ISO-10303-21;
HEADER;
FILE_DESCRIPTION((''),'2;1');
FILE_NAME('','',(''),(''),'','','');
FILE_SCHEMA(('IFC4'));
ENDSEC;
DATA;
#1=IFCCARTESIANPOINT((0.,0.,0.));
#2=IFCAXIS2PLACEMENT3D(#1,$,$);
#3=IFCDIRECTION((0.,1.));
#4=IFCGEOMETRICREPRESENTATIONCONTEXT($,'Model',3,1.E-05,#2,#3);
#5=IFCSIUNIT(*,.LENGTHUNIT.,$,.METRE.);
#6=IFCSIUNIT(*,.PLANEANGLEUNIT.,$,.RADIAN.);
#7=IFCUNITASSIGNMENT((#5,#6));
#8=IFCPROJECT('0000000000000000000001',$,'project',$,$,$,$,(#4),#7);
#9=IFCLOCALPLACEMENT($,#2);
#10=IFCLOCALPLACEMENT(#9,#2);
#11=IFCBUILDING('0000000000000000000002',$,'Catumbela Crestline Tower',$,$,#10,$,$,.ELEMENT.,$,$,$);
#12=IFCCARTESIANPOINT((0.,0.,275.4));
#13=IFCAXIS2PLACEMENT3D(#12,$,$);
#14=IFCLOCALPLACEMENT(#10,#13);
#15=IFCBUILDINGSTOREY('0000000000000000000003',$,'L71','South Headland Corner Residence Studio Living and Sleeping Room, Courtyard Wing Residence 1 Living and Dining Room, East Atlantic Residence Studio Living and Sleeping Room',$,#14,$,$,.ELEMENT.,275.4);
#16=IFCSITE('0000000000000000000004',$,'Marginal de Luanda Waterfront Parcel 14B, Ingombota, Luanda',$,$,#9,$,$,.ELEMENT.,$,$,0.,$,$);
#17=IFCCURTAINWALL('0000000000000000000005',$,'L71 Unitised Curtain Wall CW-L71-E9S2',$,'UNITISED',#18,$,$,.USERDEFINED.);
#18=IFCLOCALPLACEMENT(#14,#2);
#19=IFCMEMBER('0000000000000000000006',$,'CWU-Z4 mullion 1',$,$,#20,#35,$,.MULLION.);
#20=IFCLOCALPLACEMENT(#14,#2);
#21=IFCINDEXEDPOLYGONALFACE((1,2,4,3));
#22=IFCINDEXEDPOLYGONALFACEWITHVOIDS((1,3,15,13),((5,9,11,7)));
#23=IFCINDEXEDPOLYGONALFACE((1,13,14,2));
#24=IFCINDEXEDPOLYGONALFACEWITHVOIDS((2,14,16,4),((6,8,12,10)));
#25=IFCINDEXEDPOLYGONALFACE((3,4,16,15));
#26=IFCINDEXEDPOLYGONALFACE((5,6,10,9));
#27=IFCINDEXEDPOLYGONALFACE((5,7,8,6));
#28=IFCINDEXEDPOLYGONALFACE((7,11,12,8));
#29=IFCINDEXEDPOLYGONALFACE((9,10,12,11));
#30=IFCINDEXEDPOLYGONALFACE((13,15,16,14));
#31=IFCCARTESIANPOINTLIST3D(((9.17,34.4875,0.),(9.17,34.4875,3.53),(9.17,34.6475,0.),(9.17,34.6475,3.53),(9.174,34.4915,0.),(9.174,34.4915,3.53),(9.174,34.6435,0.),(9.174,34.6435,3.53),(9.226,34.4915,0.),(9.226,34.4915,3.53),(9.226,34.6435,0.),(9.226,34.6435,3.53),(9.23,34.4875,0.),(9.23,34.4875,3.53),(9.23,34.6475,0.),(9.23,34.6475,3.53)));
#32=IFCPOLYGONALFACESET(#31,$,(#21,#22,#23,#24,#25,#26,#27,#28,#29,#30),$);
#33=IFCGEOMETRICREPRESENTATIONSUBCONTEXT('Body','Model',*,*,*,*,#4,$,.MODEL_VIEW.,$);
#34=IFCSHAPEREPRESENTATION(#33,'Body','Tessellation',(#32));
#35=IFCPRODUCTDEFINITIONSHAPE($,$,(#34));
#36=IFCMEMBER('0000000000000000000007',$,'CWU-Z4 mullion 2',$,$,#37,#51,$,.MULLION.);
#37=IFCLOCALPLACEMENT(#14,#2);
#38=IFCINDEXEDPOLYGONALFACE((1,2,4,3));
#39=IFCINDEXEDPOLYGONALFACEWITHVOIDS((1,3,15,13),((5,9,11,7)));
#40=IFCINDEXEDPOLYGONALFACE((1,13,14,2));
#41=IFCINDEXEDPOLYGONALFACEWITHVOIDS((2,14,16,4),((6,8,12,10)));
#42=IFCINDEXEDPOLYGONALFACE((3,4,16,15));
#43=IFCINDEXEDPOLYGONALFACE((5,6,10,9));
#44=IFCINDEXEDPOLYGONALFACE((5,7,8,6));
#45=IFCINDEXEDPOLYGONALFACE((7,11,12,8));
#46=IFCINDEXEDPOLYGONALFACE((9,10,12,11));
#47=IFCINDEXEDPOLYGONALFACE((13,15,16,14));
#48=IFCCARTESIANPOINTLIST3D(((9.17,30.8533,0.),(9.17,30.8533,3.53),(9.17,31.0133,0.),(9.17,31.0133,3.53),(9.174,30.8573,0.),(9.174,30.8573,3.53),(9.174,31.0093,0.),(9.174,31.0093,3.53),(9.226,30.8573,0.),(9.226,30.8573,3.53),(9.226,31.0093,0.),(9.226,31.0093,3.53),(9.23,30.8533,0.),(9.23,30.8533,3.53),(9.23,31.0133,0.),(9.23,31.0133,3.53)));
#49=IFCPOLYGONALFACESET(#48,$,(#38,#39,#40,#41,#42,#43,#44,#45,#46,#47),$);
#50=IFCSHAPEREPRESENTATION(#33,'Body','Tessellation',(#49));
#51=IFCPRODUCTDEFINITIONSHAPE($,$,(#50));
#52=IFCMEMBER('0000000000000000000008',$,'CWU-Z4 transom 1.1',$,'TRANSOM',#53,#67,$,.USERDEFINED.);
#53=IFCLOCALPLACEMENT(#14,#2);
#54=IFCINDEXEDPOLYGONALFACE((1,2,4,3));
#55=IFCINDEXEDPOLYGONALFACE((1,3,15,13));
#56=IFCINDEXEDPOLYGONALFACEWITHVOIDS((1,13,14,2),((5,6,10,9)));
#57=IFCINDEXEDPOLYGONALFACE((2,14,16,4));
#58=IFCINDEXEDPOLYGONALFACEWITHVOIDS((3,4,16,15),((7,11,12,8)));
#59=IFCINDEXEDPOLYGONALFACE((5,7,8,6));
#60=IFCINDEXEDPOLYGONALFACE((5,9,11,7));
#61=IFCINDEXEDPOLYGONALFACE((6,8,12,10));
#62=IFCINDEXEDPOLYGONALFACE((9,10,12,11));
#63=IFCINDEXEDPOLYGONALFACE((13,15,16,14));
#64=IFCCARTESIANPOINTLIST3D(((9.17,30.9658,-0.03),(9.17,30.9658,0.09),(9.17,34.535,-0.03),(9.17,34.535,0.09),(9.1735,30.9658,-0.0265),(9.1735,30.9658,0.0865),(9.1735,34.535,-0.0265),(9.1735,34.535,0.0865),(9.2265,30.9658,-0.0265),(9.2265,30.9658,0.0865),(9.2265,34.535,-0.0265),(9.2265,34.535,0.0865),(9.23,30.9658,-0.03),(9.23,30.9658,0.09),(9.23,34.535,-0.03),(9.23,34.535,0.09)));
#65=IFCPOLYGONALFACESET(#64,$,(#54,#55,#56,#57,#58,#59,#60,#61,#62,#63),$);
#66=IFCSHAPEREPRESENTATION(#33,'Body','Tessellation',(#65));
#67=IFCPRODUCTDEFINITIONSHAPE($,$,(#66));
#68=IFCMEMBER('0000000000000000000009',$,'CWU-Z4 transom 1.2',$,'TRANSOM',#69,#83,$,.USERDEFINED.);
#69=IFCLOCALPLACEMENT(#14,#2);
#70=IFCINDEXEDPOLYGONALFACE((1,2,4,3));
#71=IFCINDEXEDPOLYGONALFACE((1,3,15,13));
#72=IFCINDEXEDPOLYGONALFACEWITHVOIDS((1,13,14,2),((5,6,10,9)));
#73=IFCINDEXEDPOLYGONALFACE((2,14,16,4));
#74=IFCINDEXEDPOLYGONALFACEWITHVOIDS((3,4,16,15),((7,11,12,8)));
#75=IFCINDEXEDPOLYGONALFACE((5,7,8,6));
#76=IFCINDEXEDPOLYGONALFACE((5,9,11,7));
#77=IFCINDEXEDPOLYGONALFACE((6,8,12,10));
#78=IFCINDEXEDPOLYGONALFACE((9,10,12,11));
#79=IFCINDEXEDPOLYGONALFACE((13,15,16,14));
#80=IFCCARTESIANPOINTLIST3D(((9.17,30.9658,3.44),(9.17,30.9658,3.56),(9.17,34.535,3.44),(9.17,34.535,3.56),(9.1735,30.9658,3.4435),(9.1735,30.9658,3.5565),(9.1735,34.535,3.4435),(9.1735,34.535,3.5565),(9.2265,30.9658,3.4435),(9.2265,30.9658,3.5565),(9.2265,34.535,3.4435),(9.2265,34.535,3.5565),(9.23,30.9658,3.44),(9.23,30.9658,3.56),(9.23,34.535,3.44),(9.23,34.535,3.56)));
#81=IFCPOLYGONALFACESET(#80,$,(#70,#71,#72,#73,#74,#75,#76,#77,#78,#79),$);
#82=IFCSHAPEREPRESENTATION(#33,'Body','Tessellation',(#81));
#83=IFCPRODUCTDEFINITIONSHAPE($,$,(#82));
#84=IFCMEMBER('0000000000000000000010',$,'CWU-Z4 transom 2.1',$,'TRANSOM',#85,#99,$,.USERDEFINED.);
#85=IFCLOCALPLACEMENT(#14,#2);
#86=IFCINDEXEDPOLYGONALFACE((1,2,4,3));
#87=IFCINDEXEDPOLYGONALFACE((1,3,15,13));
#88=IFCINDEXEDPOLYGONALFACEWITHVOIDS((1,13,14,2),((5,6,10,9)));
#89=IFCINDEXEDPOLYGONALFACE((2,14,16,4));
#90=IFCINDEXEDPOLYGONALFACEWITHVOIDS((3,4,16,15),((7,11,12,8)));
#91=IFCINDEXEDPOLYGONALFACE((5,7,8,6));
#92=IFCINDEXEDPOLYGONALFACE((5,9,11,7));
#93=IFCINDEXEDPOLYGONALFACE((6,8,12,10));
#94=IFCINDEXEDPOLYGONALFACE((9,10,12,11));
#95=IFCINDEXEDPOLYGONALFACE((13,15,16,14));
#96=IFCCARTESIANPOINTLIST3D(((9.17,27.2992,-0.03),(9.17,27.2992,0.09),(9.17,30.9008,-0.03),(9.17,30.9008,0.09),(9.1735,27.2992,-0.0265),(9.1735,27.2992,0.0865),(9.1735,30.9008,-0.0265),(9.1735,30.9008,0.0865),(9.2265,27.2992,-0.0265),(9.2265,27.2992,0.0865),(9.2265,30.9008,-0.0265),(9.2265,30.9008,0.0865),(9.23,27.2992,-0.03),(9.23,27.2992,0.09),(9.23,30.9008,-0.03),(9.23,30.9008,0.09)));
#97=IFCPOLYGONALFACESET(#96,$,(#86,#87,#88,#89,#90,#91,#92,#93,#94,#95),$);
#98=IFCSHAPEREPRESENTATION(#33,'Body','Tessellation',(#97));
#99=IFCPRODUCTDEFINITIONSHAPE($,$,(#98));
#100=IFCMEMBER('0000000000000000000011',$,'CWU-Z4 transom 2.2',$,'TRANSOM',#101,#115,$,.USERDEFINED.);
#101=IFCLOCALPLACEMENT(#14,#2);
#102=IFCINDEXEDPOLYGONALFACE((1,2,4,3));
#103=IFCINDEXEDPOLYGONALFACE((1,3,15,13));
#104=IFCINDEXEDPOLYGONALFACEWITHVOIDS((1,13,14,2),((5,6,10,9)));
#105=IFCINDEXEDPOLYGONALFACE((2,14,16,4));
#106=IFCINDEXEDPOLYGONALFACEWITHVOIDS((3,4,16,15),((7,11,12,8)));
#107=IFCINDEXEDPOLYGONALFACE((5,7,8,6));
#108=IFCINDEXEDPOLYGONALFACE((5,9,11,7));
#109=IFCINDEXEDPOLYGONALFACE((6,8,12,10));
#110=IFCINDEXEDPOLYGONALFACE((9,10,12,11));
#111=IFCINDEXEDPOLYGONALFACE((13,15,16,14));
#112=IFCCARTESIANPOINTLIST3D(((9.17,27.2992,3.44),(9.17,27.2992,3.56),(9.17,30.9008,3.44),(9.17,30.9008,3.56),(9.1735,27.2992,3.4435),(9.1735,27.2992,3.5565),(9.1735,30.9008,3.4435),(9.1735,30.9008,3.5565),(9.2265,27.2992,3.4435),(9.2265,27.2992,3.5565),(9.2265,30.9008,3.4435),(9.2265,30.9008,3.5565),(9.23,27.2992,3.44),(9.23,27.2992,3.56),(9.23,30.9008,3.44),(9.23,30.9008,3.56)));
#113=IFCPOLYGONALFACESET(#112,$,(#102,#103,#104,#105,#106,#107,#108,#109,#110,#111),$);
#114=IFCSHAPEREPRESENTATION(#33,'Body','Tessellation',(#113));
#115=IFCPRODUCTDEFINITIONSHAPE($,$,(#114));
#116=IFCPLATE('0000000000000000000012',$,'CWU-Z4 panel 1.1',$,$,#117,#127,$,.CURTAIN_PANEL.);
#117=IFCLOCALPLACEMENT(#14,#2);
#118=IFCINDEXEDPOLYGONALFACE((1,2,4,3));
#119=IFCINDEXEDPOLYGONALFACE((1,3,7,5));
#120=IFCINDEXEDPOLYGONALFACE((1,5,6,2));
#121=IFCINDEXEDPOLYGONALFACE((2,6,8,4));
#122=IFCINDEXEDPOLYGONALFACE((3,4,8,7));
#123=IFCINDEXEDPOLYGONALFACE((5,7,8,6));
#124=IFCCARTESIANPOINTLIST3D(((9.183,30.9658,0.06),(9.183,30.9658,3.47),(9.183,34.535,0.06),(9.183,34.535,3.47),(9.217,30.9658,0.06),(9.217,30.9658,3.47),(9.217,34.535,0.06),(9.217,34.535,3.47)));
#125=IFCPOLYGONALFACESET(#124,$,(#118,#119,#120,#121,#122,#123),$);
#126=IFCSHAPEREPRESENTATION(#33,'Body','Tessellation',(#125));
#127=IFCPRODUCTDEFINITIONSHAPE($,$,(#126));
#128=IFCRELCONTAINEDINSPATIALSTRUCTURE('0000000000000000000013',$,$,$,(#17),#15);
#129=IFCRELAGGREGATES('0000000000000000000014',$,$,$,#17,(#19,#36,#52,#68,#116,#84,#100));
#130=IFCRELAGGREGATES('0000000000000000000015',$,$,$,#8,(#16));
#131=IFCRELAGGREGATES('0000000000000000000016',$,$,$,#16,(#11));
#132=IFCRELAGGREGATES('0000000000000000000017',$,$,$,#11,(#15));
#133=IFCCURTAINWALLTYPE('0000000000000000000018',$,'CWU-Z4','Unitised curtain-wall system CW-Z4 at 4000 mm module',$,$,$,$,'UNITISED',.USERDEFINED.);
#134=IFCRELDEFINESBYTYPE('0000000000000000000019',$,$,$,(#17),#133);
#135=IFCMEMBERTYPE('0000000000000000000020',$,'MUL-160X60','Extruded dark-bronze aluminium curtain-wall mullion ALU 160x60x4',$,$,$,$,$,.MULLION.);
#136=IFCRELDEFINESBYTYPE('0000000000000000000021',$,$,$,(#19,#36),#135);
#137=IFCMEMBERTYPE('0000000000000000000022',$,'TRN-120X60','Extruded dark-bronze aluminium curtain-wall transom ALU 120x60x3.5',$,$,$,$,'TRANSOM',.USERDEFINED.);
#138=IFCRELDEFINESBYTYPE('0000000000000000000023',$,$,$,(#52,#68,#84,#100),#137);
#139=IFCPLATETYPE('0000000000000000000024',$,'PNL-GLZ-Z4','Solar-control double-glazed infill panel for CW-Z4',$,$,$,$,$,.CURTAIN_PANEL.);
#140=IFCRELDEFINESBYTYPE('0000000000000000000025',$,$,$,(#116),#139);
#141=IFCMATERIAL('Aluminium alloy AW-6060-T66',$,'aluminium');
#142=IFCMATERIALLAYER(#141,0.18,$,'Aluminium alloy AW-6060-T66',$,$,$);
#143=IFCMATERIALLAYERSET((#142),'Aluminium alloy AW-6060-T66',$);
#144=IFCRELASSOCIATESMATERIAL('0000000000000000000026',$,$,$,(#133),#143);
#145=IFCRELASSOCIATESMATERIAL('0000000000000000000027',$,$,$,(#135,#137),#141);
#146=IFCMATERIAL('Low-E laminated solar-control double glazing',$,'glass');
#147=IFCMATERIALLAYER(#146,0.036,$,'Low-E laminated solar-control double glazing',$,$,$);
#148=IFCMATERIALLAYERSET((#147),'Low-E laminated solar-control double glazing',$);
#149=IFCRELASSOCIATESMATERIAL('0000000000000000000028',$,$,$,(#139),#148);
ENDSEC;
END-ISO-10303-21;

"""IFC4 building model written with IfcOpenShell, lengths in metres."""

from ifc_helpers import new_model, si_unit, direction, frame, origin, origin_2d, place, context, subcontext, project, spatial, rectangle, hollow_rectangle, extrude, material, layer, layer_set, material_profile, profile_set, type_object, element, aggregate, save


model = new_model("IFC4")

# Units and contexts
model_context = context("Model", 3, precision=1e-05, world=origin(), true_north=direction((0.0, 1.0)))
body_context = subcontext(model_context, "Body", "Model", "MODEL_VIEW")
ifc_project = project(units=[si_unit("LENGTHUNIT", "METRE"), si_unit("PLANEANGLEUNIT", "RADIAN")], contexts=[model_context])

# Site, building, storey
site_placement = place(None, origin())
site = spatial("IfcSite", under=ifc_project, at=site_placement, Name="Marginal de Luanda Waterfront Parcel 14B, Ingombota, Luanda", CompositionType="ELEMENT", RefElevation=0.0)
building_placement = place(site_placement, origin())
building = spatial("IfcBuilding", under=site, at=building_placement, Name="Catumbela Crestline Tower", CompositionType="ELEMENT")
storey_placement = place(building_placement, frame((0.0, 0.0, 275.4)))
storey = spatial("IfcBuildingStorey", under=building, at=storey_placement, Name="L71", Description="South Headland Corner Residence Studio Living and Sleeping Room, Courtyard Wing Residence 1 Living and Dining Room, East Atlantic Residence Studio Living and Sleeping Room", CompositionType="ELEMENT", Elevation=275.4)

# Curtain wall, members, plate
ifc_material_1 = material(Name="Aluminium alloy AW-6060-T66", Category="aluminium")
ifc_layer_1 = layer(ifc_material_1, 0.18, Name="Aluminium alloy AW-6060-T66")
ifc_layer_set_1 = layer_set([ifc_layer_1], Name="Aluminium alloy AW-6060-T66")
curtain_wall_type = type_object("IfcCurtainWallType", Name="CWU-Z4", Description="Unitised curtain-wall system CW-Z4 at 4000 mm module", ElementType="UNITISED", PredefinedType="USERDEFINED", material=ifc_layer_set_1)
curtain_wall_placement = place(storey_placement, origin())
curtain_wall = element("IfcCurtainWall", 1, at=curtain_wall_placement, inside=storey, type_object=curtain_wall_type, Name="L71 Unitised Curtain Wall CW-L71-E9S2", ObjectType="UNITISED", PredefinedType="USERDEFINED")
ifc_material_profile_1 = material_profile(ifc_material_1, hollow_rectangle(XDim=0.06, YDim=0.16, WallThickness=0.004, at=origin_2d()), Name="ALU 160x60x4")
ifc_profile_set_1 = profile_set([ifc_material_profile_1], Name="Aluminium alloy AW-6060-T66")
member_type_1 = type_object("IfcMemberType", Name="MUL-160X60", Description="Extruded dark-bronze aluminium curtain-wall mullion ALU 160x60x4", PredefinedType="MULLION", material=ifc_profile_set_1)
member_1_placement = place(storey_placement, frame((9.2, 34.5675, 0.0), z_axis=(0.0, 0.0, 1.0), x_axis=(1.0, 0.0, 0.0)))
member_1 = element("IfcMember", 2, at=member_1_placement, type_object=member_type_1, Name="CWU-Z4 mullion 1", PredefinedType="MULLION", context=body_context, shape_type="SweptSolid", body=[
    extrude(hollow_rectangle(XDim=0.06, YDim=0.16, WallThickness=0.004, at=origin_2d()), origin(), (0.0, 0.0, 1.0), 3.53),
])
member_2_placement = place(storey_placement, frame((9.2, 30.9333, 0.0), z_axis=(0.0, 0.0, 1.0), x_axis=(1.0, 0.0, 0.0)))
member_2 = element("IfcMember", 3, at=member_2_placement, type_object=member_type_1, Name="CWU-Z4 mullion 2", PredefinedType="MULLION", context=body_context, shape_type="SweptSolid", body=[
    extrude(hollow_rectangle(XDim=0.06, YDim=0.16, WallThickness=0.004, at=origin_2d()), origin(), (0.0, 0.0, 1.0), 3.53),
])
ifc_material_profile_2 = material_profile(ifc_material_1, hollow_rectangle(XDim=0.06, YDim=0.12, WallThickness=0.0035, at=origin_2d()), Name="ALU 120x60x3.5")
ifc_profile_set_2 = profile_set([ifc_material_profile_2], Name="Aluminium alloy AW-6060-T66")
member_type_2 = type_object("IfcMemberType", Name="TRN-120X60", Description="Extruded dark-bronze aluminium curtain-wall transom ALU 120x60x3.5", ElementType="TRANSOM", PredefinedType="USERDEFINED", material=ifc_profile_set_2)
member_3_placement = place(storey_placement, frame((9.2, 34.535, 0.03), z_axis=(0.0, -1.0, 0.0), x_axis=(1.0, 0.0, 0.0)))
member_3 = element("IfcMember", 4, at=member_3_placement, type_object=member_type_2, Name="CWU-Z4 transom 1.1", ObjectType="TRANSOM", PredefinedType="USERDEFINED", context=body_context, shape_type="SweptSolid", body=[
    extrude(hollow_rectangle(XDim=0.06, YDim=0.12, WallThickness=0.0035, at=origin_2d()), origin(), (0.0, 0.0, 1.0), 3.5692),
])
member_4_placement = place(storey_placement, frame((9.2, 34.535, 3.5), z_axis=(0.0, -1.0, 0.0), x_axis=(1.0, 0.0, 0.0)))
member_4 = element("IfcMember", 5, at=member_4_placement, type_object=member_type_2, Name="CWU-Z4 transom 1.2", ObjectType="TRANSOM", PredefinedType="USERDEFINED", context=body_context, shape_type="SweptSolid", body=[
    extrude(hollow_rectangle(XDim=0.06, YDim=0.12, WallThickness=0.0035, at=origin_2d()), origin(), (0.0, 0.0, 1.0), 3.5692),
])
member_5_placement = place(storey_placement, frame((9.2, 30.9008, 0.03), z_axis=(0.0, -1.0, 0.0), x_axis=(1.0, 0.0, 0.0)))
member_5 = element("IfcMember", 6, at=member_5_placement, type_object=member_type_2, Name="CWU-Z4 transom 2.1", ObjectType="TRANSOM", PredefinedType="USERDEFINED", context=body_context, shape_type="SweptSolid", body=[
    extrude(hollow_rectangle(XDim=0.06, YDim=0.12, WallThickness=0.0035, at=origin_2d()), origin(), (0.0, 0.0, 1.0), 3.6016),
])
member_6_placement = place(storey_placement, frame((9.2, 30.9008, 3.5), z_axis=(0.0, -1.0, 0.0), x_axis=(1.0, 0.0, 0.0)))
member_6 = element("IfcMember", 7, at=member_6_placement, type_object=member_type_2, Name="CWU-Z4 transom 2.2", ObjectType="TRANSOM", PredefinedType="USERDEFINED", context=body_context, shape_type="SweptSolid", body=[
    extrude(hollow_rectangle(XDim=0.06, YDim=0.12, WallThickness=0.0035, at=origin_2d()), origin(), (0.0, 0.0, 1.0), 3.6016),
])
ifc_material_2 = material(Name="Low-E laminated solar-control double glazing", Category="glass")
ifc_layer_2 = layer(ifc_material_2, 0.036, Name="Low-E laminated solar-control double glazing")
ifc_layer_set_2 = layer_set([ifc_layer_2], Name="Low-E laminated solar-control double glazing")
plate_type = type_object("IfcPlateType", Name="PNL-GLZ-Z4", Description="Solar-control double-glazed infill panel for CW-Z4", PredefinedType="CURTAIN_PANEL", material=ifc_layer_set_2)
plate_placement = place(storey_placement, frame((9.2, 32.7504, 0.06), z_axis=(0.0, 0.0, 1.0), x_axis=(0.0, -1.0, 0.0)))
plate = element("IfcPlate", 8, at=plate_placement, type_object=plate_type, Name="CWU-Z4 panel 1.1", PredefinedType="CURTAIN_PANEL", context=body_context, shape_type="SweptSolid", body=[
    extrude(rectangle(XDim=3.5692, YDim=0.034, at=origin_2d()), origin(), (0.0, 0.0, 1.0), 3.41),
])
aggregate(curtain_wall, [member_1, member_2, member_3, member_4, plate, member_5, member_6])

save(model, "model.ifc")
